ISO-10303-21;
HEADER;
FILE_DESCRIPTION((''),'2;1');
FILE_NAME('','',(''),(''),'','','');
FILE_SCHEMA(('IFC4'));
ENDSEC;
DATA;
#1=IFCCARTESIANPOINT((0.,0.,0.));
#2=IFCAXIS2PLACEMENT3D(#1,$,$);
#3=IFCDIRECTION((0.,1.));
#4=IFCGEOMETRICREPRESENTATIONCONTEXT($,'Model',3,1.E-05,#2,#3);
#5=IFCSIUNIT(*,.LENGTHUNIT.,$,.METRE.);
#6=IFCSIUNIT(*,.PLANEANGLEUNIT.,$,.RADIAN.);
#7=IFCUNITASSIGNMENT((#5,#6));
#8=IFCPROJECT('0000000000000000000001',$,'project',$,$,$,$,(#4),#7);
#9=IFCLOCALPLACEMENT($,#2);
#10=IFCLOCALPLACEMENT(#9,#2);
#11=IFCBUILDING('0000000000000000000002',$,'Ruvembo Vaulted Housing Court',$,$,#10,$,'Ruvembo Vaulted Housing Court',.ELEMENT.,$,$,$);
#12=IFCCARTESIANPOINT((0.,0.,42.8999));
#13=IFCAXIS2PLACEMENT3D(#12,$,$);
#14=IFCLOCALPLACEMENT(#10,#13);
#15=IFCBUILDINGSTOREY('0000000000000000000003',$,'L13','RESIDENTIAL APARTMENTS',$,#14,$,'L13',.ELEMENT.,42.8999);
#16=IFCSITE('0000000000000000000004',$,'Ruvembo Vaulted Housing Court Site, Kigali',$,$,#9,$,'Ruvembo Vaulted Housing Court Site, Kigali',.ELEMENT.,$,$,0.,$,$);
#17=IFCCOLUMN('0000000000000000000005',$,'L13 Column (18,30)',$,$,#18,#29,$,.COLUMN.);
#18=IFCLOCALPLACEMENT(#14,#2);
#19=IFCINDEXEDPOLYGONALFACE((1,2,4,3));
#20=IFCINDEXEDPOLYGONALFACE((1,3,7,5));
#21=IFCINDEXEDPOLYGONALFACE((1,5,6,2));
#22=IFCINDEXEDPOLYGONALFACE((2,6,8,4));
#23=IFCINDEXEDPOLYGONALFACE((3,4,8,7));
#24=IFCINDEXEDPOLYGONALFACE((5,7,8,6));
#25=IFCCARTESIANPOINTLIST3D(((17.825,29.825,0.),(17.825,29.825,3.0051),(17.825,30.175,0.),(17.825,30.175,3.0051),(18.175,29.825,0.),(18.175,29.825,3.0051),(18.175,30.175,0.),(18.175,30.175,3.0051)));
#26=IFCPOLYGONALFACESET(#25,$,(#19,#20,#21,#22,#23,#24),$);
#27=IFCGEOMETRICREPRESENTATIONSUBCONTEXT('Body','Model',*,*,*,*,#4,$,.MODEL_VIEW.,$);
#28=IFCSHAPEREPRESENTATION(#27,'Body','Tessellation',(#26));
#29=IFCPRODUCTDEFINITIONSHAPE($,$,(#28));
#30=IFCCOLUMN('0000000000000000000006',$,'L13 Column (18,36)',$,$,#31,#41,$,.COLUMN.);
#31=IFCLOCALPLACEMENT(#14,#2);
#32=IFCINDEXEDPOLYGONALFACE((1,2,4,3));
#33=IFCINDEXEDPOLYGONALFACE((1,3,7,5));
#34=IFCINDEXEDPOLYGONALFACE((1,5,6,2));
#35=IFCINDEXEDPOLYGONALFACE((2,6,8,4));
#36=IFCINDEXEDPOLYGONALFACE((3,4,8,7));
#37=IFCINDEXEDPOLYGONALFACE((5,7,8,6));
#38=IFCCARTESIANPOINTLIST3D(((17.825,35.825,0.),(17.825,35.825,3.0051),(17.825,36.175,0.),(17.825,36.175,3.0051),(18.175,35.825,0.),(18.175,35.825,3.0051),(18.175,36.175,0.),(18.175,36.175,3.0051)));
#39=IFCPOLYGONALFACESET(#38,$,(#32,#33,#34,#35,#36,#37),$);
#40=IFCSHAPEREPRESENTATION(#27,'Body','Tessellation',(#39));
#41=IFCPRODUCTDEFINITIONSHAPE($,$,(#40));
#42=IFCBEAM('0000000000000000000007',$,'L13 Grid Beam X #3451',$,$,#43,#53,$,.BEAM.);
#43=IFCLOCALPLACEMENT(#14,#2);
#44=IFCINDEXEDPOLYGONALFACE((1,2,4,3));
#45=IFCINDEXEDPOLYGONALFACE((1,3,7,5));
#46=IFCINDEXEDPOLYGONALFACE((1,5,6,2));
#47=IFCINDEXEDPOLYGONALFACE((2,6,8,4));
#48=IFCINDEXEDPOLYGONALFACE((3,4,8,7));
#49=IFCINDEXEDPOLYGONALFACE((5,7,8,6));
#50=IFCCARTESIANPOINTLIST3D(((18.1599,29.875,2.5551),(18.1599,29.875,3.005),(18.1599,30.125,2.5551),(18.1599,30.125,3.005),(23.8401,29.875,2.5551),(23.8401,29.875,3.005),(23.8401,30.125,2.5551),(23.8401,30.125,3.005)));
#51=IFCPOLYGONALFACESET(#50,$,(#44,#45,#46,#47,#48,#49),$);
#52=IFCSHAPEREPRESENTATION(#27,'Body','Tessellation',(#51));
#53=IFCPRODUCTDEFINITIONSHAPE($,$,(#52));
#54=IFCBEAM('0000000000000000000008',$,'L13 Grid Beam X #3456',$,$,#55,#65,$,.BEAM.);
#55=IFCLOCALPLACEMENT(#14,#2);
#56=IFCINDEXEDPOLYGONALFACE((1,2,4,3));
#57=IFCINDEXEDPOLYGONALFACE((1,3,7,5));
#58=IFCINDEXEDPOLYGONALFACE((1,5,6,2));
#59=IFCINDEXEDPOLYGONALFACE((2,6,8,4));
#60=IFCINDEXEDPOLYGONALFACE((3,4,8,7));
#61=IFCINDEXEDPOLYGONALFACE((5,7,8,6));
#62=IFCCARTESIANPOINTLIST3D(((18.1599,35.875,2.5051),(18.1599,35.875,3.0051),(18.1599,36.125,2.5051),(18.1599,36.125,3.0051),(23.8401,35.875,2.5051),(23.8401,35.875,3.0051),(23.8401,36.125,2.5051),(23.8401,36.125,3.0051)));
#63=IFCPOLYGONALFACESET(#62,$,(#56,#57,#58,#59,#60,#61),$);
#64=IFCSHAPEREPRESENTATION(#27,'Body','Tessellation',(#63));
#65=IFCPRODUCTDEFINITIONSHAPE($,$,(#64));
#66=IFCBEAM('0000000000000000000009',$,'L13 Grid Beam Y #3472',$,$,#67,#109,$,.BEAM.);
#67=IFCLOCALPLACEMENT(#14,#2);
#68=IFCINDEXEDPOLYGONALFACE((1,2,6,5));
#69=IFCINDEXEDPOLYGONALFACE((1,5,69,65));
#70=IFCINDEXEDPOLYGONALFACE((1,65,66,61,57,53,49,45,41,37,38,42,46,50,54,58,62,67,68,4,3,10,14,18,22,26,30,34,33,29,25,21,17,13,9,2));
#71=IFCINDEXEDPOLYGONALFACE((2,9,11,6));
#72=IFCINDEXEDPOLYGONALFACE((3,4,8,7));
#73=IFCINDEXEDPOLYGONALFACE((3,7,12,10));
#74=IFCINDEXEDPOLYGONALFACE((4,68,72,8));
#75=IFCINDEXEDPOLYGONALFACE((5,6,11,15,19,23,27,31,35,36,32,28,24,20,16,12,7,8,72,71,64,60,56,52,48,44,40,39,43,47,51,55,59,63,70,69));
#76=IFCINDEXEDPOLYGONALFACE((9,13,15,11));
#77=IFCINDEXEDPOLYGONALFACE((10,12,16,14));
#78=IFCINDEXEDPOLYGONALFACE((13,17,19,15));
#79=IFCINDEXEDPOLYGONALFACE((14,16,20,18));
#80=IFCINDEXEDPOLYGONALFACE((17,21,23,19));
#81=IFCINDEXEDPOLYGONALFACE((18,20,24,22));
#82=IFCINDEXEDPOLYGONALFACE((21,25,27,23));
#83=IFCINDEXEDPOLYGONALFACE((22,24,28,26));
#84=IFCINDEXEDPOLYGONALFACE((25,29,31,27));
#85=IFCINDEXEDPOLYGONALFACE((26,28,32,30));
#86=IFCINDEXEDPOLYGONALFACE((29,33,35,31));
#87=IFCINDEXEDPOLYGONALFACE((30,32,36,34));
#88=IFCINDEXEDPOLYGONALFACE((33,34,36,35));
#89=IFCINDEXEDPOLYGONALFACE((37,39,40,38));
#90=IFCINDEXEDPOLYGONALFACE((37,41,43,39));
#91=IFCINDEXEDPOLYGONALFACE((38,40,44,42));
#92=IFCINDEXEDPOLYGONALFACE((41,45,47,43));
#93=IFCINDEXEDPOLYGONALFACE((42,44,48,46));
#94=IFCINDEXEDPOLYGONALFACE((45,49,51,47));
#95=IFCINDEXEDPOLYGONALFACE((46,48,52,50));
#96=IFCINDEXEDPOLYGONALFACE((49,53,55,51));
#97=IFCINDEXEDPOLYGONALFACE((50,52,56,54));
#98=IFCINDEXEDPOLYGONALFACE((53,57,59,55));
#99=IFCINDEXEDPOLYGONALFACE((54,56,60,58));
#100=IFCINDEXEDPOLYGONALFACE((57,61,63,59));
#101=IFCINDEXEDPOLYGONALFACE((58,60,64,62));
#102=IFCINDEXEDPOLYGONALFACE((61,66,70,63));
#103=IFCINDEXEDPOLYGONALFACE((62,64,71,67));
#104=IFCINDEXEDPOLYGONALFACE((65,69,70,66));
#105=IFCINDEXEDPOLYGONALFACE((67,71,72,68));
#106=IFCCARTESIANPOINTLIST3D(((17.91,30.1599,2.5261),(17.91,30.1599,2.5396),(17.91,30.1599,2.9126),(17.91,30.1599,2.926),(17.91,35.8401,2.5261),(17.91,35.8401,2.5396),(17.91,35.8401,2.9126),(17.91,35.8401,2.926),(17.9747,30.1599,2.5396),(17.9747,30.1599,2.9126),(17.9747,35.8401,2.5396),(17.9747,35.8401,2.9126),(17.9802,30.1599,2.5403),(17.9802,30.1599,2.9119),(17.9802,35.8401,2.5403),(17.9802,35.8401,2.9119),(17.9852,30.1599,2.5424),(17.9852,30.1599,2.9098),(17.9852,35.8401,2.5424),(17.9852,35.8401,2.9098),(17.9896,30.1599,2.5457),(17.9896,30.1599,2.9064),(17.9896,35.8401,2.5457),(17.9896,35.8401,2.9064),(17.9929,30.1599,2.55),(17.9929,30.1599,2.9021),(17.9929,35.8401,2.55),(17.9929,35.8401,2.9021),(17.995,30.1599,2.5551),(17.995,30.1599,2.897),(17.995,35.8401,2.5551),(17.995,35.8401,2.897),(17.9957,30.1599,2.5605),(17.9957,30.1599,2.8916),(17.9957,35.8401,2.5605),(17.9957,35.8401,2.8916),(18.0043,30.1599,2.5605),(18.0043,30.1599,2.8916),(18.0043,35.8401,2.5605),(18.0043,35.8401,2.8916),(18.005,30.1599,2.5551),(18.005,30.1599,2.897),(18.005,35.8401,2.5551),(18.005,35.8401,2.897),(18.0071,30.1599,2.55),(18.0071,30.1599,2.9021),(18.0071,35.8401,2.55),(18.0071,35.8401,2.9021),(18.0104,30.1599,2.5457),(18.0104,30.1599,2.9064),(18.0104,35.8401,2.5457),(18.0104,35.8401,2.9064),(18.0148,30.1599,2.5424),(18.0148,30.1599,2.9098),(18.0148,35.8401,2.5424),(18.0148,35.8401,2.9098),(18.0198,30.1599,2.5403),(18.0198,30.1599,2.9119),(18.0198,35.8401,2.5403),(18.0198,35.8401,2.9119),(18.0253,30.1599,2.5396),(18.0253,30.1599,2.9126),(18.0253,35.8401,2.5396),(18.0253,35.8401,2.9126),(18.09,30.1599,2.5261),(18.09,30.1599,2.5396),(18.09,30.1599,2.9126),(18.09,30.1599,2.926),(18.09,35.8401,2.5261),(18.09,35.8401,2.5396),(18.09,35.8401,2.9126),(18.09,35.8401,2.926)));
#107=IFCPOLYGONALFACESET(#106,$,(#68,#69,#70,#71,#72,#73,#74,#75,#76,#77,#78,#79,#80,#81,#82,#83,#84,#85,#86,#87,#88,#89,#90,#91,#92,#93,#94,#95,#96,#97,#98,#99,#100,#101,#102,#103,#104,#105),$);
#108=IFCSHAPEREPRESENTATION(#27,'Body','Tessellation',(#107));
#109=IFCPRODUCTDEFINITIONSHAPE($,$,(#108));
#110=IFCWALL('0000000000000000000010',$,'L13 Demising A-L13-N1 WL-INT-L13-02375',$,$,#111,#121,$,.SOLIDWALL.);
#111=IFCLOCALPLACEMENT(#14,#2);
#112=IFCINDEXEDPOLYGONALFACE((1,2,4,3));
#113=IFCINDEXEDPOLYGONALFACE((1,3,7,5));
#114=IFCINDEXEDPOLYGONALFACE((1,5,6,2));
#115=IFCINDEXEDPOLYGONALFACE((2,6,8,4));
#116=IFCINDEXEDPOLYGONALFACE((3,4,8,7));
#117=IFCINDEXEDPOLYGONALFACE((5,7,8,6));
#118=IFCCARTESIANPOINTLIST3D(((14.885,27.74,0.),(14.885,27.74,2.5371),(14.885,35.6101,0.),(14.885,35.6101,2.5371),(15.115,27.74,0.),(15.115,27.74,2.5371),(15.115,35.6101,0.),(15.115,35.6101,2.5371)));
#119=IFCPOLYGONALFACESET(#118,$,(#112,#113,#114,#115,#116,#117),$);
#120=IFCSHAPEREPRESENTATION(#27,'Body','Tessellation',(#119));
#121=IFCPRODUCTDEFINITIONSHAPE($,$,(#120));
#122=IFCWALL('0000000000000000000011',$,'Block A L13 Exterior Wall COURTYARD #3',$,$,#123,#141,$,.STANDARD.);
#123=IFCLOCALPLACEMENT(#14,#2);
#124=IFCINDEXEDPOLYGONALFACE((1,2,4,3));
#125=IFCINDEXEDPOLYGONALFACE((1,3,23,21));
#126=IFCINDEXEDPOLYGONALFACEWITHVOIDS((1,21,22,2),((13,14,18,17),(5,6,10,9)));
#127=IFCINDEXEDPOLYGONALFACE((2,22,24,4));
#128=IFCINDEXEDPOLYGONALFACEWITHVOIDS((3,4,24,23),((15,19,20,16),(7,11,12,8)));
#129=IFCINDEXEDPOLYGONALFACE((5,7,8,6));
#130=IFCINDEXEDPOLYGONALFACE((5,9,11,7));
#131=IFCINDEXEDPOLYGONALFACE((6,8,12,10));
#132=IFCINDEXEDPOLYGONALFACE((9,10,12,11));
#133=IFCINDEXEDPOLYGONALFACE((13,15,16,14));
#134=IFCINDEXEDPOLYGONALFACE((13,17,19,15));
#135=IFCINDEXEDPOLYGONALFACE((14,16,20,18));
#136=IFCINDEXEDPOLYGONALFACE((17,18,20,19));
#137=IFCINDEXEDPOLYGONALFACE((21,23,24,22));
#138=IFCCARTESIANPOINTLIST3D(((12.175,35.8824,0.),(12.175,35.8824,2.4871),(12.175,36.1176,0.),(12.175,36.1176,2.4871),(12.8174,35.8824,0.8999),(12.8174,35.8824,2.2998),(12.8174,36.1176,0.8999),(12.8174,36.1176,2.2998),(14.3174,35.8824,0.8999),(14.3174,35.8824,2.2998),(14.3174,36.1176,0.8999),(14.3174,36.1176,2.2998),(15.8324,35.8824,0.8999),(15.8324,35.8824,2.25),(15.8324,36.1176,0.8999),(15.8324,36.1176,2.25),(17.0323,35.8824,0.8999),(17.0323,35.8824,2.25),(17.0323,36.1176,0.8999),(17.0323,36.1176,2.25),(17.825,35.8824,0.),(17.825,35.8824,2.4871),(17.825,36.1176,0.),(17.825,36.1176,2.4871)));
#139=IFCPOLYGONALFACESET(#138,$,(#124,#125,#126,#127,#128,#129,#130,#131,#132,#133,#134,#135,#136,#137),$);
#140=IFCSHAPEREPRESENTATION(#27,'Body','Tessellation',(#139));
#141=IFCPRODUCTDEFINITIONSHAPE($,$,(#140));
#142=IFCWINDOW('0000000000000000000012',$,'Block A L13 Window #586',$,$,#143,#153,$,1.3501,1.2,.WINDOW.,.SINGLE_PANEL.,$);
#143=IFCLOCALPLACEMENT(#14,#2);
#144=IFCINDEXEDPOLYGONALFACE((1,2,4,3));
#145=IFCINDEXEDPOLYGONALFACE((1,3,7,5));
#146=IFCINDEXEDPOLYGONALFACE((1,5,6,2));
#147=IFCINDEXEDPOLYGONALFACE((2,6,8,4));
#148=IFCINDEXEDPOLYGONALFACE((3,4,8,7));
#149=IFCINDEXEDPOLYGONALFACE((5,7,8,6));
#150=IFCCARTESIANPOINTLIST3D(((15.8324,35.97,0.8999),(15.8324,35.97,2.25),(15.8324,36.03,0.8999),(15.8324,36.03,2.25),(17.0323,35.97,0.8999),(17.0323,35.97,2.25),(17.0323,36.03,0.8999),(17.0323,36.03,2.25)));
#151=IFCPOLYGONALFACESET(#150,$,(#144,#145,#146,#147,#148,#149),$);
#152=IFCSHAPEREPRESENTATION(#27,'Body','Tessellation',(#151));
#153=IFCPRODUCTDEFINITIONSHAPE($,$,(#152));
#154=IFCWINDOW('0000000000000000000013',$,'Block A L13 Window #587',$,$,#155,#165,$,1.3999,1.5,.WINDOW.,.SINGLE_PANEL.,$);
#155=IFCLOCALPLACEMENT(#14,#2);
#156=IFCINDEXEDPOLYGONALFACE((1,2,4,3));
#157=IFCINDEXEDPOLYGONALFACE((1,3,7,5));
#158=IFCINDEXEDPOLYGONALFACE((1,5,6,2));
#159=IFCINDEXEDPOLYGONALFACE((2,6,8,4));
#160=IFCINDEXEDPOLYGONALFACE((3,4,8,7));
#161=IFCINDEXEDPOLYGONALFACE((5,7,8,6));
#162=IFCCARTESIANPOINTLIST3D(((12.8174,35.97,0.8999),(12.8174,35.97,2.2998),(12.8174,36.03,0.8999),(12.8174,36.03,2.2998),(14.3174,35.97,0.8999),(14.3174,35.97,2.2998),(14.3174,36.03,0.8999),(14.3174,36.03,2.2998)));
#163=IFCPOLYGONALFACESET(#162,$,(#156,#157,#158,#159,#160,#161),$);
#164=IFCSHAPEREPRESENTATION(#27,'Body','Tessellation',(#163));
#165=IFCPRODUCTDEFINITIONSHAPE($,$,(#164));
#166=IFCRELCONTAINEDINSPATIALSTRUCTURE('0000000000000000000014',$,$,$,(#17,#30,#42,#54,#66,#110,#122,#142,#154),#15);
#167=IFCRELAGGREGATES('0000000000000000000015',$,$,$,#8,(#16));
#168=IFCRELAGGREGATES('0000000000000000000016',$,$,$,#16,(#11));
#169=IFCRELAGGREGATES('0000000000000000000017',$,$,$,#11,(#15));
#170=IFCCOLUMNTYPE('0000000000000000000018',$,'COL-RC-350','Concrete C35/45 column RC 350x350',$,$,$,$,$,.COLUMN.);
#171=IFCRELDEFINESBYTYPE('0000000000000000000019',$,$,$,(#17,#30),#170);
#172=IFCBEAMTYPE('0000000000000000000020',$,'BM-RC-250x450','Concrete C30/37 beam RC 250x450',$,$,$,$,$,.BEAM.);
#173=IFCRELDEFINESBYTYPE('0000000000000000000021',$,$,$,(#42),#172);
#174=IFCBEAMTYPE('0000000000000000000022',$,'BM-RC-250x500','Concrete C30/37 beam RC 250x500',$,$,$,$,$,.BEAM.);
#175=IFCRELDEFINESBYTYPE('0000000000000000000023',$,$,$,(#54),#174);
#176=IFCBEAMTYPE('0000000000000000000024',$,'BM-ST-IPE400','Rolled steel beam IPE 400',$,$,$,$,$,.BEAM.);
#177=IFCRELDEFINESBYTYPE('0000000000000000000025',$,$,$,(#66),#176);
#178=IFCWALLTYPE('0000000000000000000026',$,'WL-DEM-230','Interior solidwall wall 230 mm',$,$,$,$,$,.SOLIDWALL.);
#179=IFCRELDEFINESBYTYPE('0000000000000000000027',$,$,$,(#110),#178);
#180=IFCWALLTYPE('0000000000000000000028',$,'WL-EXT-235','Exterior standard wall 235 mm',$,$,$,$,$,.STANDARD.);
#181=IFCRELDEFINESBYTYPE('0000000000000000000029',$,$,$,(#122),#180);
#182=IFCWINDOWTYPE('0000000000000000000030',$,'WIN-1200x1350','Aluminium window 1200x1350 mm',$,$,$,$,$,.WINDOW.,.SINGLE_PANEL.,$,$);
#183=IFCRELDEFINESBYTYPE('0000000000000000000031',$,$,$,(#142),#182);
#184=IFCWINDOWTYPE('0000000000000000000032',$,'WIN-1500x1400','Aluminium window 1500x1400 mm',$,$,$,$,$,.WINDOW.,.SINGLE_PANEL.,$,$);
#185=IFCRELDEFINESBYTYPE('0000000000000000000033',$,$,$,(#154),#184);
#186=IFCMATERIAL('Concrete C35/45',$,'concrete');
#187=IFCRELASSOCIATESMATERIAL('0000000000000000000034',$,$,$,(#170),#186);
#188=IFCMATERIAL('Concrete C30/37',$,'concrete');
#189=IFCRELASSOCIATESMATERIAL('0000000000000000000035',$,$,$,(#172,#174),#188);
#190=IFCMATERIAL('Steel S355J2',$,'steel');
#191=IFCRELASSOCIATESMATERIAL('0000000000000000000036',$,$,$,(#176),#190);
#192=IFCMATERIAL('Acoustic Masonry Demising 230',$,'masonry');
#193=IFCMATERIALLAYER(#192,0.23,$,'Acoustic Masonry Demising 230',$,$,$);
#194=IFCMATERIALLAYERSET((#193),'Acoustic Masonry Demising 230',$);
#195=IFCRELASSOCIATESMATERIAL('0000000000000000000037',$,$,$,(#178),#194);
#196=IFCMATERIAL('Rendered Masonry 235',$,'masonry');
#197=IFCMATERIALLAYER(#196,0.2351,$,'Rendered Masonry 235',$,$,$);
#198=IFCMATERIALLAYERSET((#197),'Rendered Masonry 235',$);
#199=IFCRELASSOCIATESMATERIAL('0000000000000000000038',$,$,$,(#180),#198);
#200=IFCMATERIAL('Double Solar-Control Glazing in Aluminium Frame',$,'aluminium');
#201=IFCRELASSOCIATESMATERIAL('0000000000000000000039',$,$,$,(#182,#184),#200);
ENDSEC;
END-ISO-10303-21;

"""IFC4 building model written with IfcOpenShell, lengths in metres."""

from ifc_helpers import new_model, si_unit, direction, frame, frame_2d, origin, origin_2d, place, context, subcontext, project, spatial, rectangle, i_section, extrude, material, layer, layer_set, material_profile, profile_set, type_object, element, fill, save


model = new_model("IFC4")

# Units and contexts
model_context = context("Model", 3, precision=1e-05, world=origin(), true_north=direction((0.0, 1.0)))
body_context = subcontext(model_context, "Body", "Model", "MODEL_VIEW")
ifc_project = project(units=[si_unit("LENGTHUNIT", "METRE"), si_unit("PLANEANGLEUNIT", "RADIAN")], contexts=[model_context])

# Site, building, storey
site_placement = place(None, origin())
site = spatial("IfcSite", under=ifc_project, at=site_placement, Name="Ruvembo Vaulted Housing Court Site, Kigali", LongName="Ruvembo Vaulted Housing Court Site, Kigali", CompositionType="ELEMENT", RefElevation=0.0)
building_placement = place(site_placement, origin())
building = spatial("IfcBuilding", under=site, at=building_placement, Name="Ruvembo Vaulted Housing Court", LongName="Ruvembo Vaulted Housing Court", CompositionType="ELEMENT")
storey_placement = place(building_placement, frame((0.0, 0.0, 42.8999)))
storey = spatial("IfcBuildingStorey", under=building, at=storey_placement, Name="L13", Description="RESIDENTIAL APARTMENTS", LongName="L13", CompositionType="ELEMENT", Elevation=42.8999)

# Columns
ifc_material_1 = material(Name="Concrete C35/45", Category="concrete")
ifc_material_profile_1 = material_profile(ifc_material_1, rectangle(XDim=0.3501, YDim=0.3501, at=origin_2d()), Name="RC 350x350")
ifc_profile_set_1 = profile_set([ifc_material_profile_1], Name="Concrete C35/45")
column_type = type_object("IfcColumnType", Name="COL-RC-350", Description="Concrete C35/45 column RC 350x350", PredefinedType="COLUMN", material=ifc_profile_set_1)
for number, where, z_axis, x_axis, name in (
    (1, (18.0, 30.0, 0.0), (0.0, 0.0, 1.0), (1.0, 0.0, 0.0), "L13 Column (18,30)"),
    (2, (18.0, 36.0, 0.0), (0.0, 0.0, 1.0), (1.0, 0.0, 0.0), "L13 Column (18,36)"),
):
    element("IfcColumn", number, at=place(storey_placement, frame(where, z_axis=z_axis, x_axis=x_axis)), inside=storey, type_object=column_type, Name=name, PredefinedType="COLUMN", context=body_context, shape_type="SweptSolid", body=[
        extrude(rectangle(XDim=0.3501, YDim=0.3501, at=origin_2d()), origin(), (0.0, 0.0, 1.0), 3.0051),
    ])

# Beams
ifc_material_2 = material(Name="Concrete C30/37", Category="concrete")
ifc_material_profile_2 = material_profile(ifc_material_2, rectangle(XDim=0.25, YDim=0.45, at=origin_2d()), Name="RC 250x450")
ifc_profile_set_2 = profile_set([ifc_material_profile_2], Name="Concrete C30/37")
beam_type_1 = type_object("IfcBeamType", Name="BM-RC-250x450", Description="Concrete C30/37 beam RC 250x450", PredefinedType="BEAM", material=ifc_profile_set_2)
beam_1_placement = place(storey_placement, frame((18.1599, 30.0, 2.78), z_axis=(1.0, 0.0, 0.0), x_axis=(0.0, 1.0, 0.0)))
element("IfcBeam", 3, at=beam_1_placement, inside=storey, type_object=beam_type_1, Name="L13 Grid Beam X #3451", PredefinedType="BEAM", context=body_context, shape_type="SweptSolid", body=[
    extrude(rectangle(XDim=0.25, YDim=0.45, at=origin_2d()), origin(), (0.0, 0.0, 1.0), 5.6802),
])
ifc_material_profile_3 = material_profile(ifc_material_2, rectangle(XDim=0.25, YDim=0.5, at=origin_2d()), Name="RC 250x500")
ifc_profile_set_3 = profile_set([ifc_material_profile_3], Name="Concrete C30/37")
beam_type_2 = type_object("IfcBeamType", Name="BM-RC-250x500", Description="Concrete C30/37 beam RC 250x500", PredefinedType="BEAM", material=ifc_profile_set_3)
beam_2_placement = place(storey_placement, frame((18.1599, 36.0, 2.7551), z_axis=(1.0, 0.0, 0.0), x_axis=(0.0, 1.0, 0.0)))
element("IfcBeam", 4, at=beam_2_placement, inside=storey, type_object=beam_type_2, Name="L13 Grid Beam X #3456", PredefinedType="BEAM", context=body_context, shape_type="SweptSolid", body=[
    extrude(rectangle(XDim=0.25, YDim=0.5, at=origin_2d()), origin(), (0.0, 0.0, 1.0), 5.6802),
])
ifc_material_3 = material(Name="Steel S355J2", Category="steel")
ifc_material_profile_4 = material_profile(ifc_material_3, i_section(OverallWidth=0.1799, OverallDepth=0.3999, WebThickness=0.0085, FlangeThickness=0.0134, FilletRadius=0.021, at=origin_2d()), Name="IPE 400")
ifc_profile_set_4 = profile_set([ifc_material_profile_4], Name="Steel S355J2")
beam_type_3 = type_object("IfcBeamType", Name="BM-ST-IPE400", Description="Rolled steel beam IPE 400", PredefinedType="BEAM", material=ifc_profile_set_4)
beam_3_placement = place(storey_placement, frame((18.0, 30.1599, 2.7261), z_axis=(0.0, 1.0, 0.0), x_axis=(-1.0, 0.0, 0.0)))
element("IfcBeam", 5, at=beam_3_placement, inside=storey, type_object=beam_type_3, Name="L13 Grid Beam Y #3472", PredefinedType="BEAM", context=body_context, shape_type="SweptSolid", body=[
    extrude(i_section(OverallWidth=0.1799, OverallDepth=0.3999, WebThickness=0.0085, FlangeThickness=0.0134, FilletRadius=0.021, at=origin_2d()), origin(), (0.0, 0.0, 1.0), 5.6802),
])

# Wall
ifc_material_4 = material(Name="Acoustic Masonry Demising 230", Category="masonry")
ifc_layer_1 = layer(ifc_material_4, 0.23, Name="Acoustic Masonry Demising 230")
ifc_layer_set_1 = layer_set([ifc_layer_1], Name="Acoustic Masonry Demising 230")
wall_type_1 = type_object("IfcWallType", Name="WL-DEM-230", Description="Interior solidwall wall 230 mm", PredefinedType="SOLIDWALL", material=ifc_layer_set_1)
wall_1_placement = place(storey_placement, frame((15.0, 27.74, 0.0), z_axis=(0.0, 0.0, 1.0), x_axis=(0.0, 1.0, 0.0)))
element("IfcWall", 6, at=wall_1_placement, inside=storey, type_object=wall_type_1, Name="L13 Demising A-L13-N1 WL-INT-L13-02375", PredefinedType="SOLIDWALL", context=body_context, shape_type="SweptSolid", body=[
    extrude(rectangle(XDim=7.8701, YDim=0.23, at=frame_2d((3.9351, 0.0))), origin(), (0.0, 0.0, 1.0), 2.5371),
])

# Wall, openings, windows
ifc_material_5 = material(Name="Rendered Masonry 235", Category="masonry")
ifc_layer_2 = layer(ifc_material_5, 0.2351, Name="Rendered Masonry 235")
ifc_layer_set_2 = layer_set([ifc_layer_2], Name="Rendered Masonry 235")
wall_type_2 = type_object("IfcWallType", Name="WL-EXT-235", Description="Exterior standard wall 235 mm", PredefinedType="STANDARD", material=ifc_layer_set_2)
wall_2_placement = place(storey_placement, frame((17.825, 36.0, 0.0), z_axis=(0.0, 0.0, 1.0), x_axis=(-1.0, 0.0, 0.0)))
wall_2 = element("IfcWall", 7, at=wall_2_placement, inside=storey, type_object=wall_type_2, Name="Block A L13 Exterior Wall COURTYARD #3", PredefinedType="STANDARD", context=body_context, shape_type="SweptSolid", body=[
    extrude(rectangle(XDim=5.6499, YDim=0.2351, at=frame_2d((2.825, 0.0))), origin(), (0.0, 0.0, 1.0), 2.4871),
])
opening_1_placement = place(wall_2_placement, frame((0.7925, 0.0, 0.8999)))
opening_1 = element("IfcOpeningElement", 8, at=opening_1_placement, cuts=wall_2, PredefinedType="OPENING", context=body_context, shape_type="SweptSolid", body=[
    extrude(rectangle(XDim=1.2, YDim=1.3501, at=frame_2d((0.6001, 0.675))), frame((0.0, 0.1274, 0.0), z_axis=(0.0, -1.0, 0.0), x_axis=(1.0, 0.0, 0.0)), (0.0, 0.0, 1.0), 0.2551),
])
opening_2_placement = place(wall_2_placement, frame((3.5076, 0.0, 0.8999)))
opening_2 = element("IfcOpeningElement", 9, at=opening_2_placement, cuts=wall_2, PredefinedType="OPENING", context=body_context, shape_type="SweptSolid", body=[
    extrude(rectangle(XDim=1.5, YDim=1.3999, at=frame_2d((0.75, 0.7))), frame((0.0, 0.1274, 0.0), z_axis=(0.0, -1.0, 0.0), x_axis=(1.0, 0.0, 0.0)), (0.0, 0.0, 1.0), 0.2551),
])
ifc_material_6 = material(Name="Double Solar-Control Glazing in Aluminium Frame", Category="aluminium")
window_type_1 = type_object("IfcWindowType", Name="WIN-1200x1350", Description="Aluminium window 1200x1350 mm", PartitioningType="SINGLE_PANEL", PredefinedType="WINDOW", material=ifc_material_6)
window_1_placement = place(opening_1_placement, origin())
window_1 = element("IfcWindow", 10, at=window_1_placement, inside=storey, type_object=window_type_1, Name="Block A L13 Window #586", OverallHeight=1.3501, OverallWidth=1.2, PartitioningType="SINGLE_PANEL", PredefinedType="WINDOW", context=body_context, shape_type="SweptSolid", body=[
    extrude(rectangle(XDim=1.2, YDim=1.3501, at=frame_2d((0.6001, 0.675))), frame((0.0, 0.03, 0.0), z_axis=(0.0, -1.0, 0.0), x_axis=(1.0, 0.0, 0.0)), (0.0, 0.0, 1.0), 0.0601),
])
fill(opening_1, window_1)
window_type_2 = type_object("IfcWindowType", Name="WIN-1500x1400", Description="Aluminium window 1500x1400 mm", PartitioningType="SINGLE_PANEL", PredefinedType="WINDOW", material=ifc_material_6)
window_2_placement = place(opening_2_placement, origin())
window_2 = element("IfcWindow", 11, at=window_2_placement, inside=storey, type_object=window_type_2, Name="Block A L13 Window #587", OverallHeight=1.3999, OverallWidth=1.5, PartitioningType="SINGLE_PANEL", PredefinedType="WINDOW", context=body_context, shape_type="SweptSolid", body=[
    extrude(rectangle(XDim=1.5, YDim=1.3999, at=frame_2d((0.75, 0.7))), frame((0.0, 0.03, 0.0), z_axis=(0.0, -1.0, 0.0), x_axis=(1.0, 0.0, 0.0)), (0.0, 0.0, 1.0), 0.0601),
])
fill(opening_2, window_2)

save(model, "model.ifc")
